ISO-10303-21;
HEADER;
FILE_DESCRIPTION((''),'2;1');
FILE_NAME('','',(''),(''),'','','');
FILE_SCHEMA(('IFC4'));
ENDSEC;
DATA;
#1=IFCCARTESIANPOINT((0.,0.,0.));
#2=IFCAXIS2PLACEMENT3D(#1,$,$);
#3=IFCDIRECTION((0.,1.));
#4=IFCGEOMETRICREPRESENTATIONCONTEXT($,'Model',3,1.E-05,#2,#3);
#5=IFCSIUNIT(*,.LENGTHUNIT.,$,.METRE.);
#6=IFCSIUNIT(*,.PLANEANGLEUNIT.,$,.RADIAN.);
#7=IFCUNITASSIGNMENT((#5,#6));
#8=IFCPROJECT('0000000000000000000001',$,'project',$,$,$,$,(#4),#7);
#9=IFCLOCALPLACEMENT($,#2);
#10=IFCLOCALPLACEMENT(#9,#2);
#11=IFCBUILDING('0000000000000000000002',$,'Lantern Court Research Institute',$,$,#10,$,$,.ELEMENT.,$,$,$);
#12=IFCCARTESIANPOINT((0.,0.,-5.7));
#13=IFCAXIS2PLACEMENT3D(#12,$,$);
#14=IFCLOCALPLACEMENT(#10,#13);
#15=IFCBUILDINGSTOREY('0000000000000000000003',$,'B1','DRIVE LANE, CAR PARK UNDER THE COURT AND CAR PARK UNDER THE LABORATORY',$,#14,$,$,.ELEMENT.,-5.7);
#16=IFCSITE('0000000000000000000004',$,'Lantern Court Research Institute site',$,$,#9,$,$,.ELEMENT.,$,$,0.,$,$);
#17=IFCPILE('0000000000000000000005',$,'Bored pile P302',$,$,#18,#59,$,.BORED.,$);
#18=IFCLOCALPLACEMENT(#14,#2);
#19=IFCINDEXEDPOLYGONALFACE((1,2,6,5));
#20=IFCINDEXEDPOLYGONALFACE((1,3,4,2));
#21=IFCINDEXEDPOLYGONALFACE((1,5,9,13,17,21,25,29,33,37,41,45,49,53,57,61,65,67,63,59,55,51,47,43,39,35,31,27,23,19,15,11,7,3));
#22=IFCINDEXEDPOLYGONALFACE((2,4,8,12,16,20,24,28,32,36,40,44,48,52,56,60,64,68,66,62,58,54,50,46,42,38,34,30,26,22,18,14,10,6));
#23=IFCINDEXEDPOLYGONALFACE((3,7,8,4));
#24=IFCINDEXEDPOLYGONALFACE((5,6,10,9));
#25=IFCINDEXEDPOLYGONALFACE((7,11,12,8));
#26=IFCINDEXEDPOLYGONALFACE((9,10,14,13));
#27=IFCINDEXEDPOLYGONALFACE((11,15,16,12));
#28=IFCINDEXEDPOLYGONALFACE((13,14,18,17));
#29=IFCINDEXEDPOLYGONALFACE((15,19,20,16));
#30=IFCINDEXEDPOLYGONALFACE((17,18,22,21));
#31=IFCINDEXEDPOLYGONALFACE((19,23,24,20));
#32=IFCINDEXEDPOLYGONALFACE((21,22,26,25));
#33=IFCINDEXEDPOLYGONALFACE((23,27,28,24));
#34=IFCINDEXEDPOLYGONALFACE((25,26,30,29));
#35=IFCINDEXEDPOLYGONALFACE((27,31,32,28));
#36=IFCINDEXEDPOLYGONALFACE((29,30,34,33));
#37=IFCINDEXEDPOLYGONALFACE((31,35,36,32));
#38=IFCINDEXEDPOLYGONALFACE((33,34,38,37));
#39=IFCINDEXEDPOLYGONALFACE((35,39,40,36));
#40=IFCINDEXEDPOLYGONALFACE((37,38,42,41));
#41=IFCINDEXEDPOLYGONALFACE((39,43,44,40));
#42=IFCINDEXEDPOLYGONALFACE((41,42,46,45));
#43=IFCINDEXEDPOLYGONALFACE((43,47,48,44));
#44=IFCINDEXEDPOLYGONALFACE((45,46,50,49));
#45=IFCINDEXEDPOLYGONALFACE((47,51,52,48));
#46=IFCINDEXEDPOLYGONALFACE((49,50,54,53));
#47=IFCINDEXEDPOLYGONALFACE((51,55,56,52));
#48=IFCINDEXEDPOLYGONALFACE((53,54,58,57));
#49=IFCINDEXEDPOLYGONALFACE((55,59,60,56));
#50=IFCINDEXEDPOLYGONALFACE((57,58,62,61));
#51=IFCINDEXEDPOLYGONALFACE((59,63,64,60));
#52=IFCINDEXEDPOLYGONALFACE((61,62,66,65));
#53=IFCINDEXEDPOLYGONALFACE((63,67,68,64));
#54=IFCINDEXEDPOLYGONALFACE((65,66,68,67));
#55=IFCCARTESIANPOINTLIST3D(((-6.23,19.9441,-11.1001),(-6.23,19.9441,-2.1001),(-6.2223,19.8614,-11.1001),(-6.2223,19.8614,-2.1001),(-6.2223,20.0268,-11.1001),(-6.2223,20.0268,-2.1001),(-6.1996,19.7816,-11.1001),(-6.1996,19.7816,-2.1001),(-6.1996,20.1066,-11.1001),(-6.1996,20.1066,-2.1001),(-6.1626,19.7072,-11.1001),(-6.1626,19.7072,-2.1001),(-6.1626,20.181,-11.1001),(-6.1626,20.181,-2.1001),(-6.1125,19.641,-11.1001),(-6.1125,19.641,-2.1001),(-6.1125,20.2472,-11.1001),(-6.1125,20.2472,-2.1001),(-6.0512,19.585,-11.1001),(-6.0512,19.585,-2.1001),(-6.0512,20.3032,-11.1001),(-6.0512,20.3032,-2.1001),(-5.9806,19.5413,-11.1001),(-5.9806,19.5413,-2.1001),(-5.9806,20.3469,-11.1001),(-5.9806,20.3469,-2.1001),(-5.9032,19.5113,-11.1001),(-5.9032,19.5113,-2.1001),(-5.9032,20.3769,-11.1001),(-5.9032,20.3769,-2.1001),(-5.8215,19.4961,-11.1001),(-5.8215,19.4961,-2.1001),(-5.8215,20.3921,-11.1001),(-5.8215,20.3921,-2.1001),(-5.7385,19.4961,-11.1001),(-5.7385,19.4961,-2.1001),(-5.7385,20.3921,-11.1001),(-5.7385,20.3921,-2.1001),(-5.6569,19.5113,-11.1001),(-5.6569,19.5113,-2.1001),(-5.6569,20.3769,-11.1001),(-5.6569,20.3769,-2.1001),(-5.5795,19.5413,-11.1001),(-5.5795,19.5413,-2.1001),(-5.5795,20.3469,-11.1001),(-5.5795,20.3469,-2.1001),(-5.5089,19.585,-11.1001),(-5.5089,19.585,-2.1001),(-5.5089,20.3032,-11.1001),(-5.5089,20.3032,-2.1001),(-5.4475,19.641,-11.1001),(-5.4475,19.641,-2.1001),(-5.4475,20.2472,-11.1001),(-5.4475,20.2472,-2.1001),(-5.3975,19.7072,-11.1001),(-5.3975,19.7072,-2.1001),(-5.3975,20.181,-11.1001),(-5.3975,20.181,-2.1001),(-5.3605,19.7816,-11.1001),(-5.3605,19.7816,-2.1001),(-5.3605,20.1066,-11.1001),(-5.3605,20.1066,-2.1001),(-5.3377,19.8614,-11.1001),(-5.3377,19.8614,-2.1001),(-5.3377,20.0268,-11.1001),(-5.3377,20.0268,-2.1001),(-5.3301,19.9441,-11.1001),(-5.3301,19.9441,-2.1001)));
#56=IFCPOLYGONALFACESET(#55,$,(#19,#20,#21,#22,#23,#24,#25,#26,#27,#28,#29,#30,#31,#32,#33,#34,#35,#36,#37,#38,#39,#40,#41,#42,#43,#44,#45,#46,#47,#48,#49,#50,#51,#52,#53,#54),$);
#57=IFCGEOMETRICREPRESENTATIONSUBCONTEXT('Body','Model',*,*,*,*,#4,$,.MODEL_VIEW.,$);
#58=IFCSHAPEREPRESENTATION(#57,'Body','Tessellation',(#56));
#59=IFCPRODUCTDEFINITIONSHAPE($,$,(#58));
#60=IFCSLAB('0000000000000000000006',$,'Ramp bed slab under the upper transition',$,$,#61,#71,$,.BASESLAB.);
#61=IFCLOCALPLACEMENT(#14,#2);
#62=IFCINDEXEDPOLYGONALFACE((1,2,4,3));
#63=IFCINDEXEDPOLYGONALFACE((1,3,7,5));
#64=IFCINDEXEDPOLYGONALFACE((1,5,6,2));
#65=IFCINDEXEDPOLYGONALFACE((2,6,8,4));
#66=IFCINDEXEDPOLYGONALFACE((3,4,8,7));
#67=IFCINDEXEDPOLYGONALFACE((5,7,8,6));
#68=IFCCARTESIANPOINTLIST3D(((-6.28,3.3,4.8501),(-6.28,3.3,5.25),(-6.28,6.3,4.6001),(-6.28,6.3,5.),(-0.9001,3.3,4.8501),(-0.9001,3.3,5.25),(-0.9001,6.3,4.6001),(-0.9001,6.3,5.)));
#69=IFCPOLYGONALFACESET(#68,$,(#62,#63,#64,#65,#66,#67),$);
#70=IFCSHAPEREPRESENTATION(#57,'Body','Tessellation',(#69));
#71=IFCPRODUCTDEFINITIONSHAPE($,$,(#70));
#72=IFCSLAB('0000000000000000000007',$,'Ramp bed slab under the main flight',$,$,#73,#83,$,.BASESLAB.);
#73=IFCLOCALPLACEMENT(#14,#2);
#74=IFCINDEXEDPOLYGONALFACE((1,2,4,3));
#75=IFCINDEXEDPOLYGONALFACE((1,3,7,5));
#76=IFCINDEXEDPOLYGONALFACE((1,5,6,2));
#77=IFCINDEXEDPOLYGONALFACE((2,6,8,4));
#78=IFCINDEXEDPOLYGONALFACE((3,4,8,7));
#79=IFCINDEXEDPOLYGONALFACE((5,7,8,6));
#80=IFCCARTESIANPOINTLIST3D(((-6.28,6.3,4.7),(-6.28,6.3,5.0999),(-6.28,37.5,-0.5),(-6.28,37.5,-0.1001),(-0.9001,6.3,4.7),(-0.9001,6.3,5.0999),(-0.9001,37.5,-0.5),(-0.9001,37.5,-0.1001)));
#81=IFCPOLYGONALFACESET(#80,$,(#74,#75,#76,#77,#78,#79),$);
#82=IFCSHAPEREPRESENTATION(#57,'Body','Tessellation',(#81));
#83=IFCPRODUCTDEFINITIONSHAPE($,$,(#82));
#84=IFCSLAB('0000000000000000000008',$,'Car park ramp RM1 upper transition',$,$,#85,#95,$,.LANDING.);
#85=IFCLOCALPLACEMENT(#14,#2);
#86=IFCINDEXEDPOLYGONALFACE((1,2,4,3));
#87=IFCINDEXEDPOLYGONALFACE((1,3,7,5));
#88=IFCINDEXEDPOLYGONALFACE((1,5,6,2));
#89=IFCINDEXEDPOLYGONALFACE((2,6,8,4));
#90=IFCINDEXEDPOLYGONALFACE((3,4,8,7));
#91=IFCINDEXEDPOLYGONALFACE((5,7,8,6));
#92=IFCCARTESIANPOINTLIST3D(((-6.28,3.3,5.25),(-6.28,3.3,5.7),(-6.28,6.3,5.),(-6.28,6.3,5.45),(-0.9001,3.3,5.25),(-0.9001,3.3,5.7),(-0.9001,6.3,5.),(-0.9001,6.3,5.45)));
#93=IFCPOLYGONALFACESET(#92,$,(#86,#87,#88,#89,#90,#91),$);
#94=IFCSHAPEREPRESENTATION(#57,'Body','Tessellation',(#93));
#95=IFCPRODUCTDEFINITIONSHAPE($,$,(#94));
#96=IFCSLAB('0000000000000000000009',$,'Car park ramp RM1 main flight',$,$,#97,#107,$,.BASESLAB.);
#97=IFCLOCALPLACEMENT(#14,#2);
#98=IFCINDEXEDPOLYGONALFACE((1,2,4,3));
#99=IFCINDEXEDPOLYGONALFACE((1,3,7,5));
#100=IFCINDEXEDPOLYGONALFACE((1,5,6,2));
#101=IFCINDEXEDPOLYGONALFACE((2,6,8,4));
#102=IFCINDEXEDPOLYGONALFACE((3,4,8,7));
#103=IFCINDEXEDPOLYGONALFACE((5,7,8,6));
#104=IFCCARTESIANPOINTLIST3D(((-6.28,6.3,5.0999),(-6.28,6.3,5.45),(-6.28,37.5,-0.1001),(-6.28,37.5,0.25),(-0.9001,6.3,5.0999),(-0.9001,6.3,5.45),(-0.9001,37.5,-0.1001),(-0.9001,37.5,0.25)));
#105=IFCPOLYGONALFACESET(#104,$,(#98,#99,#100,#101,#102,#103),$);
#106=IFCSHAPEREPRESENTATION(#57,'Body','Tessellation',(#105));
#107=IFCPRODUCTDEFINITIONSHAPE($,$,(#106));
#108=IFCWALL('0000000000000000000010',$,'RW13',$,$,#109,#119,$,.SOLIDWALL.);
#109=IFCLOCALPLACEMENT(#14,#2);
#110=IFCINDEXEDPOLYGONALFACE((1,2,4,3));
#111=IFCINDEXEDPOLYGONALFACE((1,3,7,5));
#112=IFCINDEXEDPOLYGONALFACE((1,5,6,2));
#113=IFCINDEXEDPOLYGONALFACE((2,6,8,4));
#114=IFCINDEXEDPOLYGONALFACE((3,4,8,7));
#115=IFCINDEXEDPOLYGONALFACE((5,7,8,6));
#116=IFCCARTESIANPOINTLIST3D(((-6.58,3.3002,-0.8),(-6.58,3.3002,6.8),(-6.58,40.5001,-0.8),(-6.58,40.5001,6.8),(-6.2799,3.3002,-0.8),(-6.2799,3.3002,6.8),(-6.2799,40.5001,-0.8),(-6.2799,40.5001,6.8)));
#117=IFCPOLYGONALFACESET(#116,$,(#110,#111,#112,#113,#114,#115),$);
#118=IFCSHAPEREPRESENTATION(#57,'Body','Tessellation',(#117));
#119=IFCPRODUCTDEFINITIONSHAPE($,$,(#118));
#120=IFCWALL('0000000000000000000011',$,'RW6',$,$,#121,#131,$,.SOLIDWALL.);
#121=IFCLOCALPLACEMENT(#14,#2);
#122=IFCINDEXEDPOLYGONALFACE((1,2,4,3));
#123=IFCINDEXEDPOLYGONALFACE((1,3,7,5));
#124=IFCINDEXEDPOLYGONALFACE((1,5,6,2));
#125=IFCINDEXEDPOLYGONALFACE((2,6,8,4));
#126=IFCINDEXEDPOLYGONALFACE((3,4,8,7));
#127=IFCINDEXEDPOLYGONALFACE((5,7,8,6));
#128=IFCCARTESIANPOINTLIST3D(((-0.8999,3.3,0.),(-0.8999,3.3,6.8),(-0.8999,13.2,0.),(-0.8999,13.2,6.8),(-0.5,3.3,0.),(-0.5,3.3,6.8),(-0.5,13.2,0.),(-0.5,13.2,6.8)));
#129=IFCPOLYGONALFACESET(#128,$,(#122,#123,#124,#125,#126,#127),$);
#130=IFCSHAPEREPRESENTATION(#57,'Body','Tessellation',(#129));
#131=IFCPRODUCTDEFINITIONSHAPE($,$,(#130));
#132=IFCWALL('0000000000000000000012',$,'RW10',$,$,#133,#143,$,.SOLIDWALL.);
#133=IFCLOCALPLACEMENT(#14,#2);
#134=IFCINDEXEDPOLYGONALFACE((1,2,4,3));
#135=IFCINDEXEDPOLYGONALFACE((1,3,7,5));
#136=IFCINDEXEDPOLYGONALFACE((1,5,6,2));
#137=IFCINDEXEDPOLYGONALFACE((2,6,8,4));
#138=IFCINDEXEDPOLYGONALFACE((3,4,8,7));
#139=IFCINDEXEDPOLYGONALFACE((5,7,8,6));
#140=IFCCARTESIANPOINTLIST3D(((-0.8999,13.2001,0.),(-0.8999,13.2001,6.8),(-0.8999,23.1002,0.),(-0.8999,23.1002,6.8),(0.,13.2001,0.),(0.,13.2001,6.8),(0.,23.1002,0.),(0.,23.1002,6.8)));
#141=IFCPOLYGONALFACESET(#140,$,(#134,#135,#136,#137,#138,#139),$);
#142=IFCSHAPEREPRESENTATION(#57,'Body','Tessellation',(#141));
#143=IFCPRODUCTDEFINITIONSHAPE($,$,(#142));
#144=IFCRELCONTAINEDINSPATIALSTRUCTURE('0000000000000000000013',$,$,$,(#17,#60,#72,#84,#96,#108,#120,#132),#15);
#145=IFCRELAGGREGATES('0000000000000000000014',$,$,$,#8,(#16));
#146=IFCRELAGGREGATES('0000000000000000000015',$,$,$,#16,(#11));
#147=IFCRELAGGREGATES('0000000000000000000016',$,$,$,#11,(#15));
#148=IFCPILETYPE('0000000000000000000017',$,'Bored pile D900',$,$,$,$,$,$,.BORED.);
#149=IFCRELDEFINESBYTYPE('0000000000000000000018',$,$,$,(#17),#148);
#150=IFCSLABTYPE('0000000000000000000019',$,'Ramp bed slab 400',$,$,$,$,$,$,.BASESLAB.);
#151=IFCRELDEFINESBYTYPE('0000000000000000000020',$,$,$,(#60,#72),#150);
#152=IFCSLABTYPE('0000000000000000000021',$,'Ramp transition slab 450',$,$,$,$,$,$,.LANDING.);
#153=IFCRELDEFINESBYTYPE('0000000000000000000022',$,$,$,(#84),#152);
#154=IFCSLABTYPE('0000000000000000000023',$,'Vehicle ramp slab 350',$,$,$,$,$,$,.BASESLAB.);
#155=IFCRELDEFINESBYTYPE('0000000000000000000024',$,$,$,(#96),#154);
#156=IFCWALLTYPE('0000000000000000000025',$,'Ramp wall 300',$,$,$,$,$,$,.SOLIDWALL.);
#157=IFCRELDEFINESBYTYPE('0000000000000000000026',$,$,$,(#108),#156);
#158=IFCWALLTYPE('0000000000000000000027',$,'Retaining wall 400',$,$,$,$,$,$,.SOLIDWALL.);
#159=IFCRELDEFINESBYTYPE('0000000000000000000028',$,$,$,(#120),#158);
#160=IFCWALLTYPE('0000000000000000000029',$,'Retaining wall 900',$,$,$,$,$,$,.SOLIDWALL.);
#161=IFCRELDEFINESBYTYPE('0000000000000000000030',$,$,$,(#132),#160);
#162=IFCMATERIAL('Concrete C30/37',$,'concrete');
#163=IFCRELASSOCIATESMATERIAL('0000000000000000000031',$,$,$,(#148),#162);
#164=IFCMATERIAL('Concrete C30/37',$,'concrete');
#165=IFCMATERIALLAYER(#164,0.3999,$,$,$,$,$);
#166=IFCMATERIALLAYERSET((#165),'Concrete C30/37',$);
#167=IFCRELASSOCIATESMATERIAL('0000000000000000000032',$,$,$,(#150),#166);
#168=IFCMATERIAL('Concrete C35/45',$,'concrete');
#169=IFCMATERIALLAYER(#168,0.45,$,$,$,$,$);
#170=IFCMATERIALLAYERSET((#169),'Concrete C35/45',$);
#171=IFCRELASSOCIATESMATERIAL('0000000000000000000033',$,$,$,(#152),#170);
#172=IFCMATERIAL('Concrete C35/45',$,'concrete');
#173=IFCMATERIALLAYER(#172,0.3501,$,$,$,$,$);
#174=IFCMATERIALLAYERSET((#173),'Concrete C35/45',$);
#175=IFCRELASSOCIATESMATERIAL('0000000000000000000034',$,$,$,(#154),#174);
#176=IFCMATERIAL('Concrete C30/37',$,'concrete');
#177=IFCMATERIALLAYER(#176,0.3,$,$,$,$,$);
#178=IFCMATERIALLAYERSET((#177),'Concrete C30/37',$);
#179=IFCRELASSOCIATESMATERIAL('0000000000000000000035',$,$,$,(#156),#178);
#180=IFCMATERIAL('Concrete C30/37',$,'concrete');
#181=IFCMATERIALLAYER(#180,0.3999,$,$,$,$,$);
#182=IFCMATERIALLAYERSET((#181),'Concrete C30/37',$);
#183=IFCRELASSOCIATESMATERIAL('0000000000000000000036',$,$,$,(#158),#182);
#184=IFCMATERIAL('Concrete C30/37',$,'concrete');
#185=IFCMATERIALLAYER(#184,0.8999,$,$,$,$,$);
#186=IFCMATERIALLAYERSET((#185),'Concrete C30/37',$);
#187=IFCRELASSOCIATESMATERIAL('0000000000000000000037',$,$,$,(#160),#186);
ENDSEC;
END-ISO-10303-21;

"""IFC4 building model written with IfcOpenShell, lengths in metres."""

from ifc_helpers import new_model, si_unit, direction, frame, frame_2d, origin, origin_2d, place, context, subcontext, project, spatial, polyline, rectangle, circle, outline, extrude, material, layer, layer_set, material_profile, profile_set, type_object, element, save


model = new_model("IFC4")

# Units and contexts
model_context = context("Model", 3, precision=1e-05, world=origin(), true_north=direction((0.0, 1.0)))
body_context = subcontext(model_context, "Body", "Model", "MODEL_VIEW")
ifc_project = project(units=[si_unit("LENGTHUNIT", "METRE"), si_unit("PLANEANGLEUNIT", "RADIAN")], contexts=[model_context])

# Site, building, storey
site_placement = place(None, origin())
site = spatial("IfcSite", under=ifc_project, at=site_placement, Name="Lantern Court Research Institute site", CompositionType="ELEMENT", RefElevation=0.0)
building_placement = place(site_placement, origin())
building = spatial("IfcBuilding", under=site, at=building_placement, Name="Lantern Court Research Institute", CompositionType="ELEMENT")
storey_placement = place(building_placement, frame((0.0, 0.0, -5.7)))
storey = spatial("IfcBuildingStorey", under=building, at=storey_placement, Name="B1", Description="DRIVE LANE, CAR PARK UNDER THE COURT AND CAR PARK UNDER THE LABORATORY", CompositionType="ELEMENT", Elevation=-5.7)

# Pile
ifc_material_1 = material(Name="Concrete C30/37", Category="concrete")
ifc_material_profile_1 = material_profile(ifc_material_1, circle(Radius=0.45, at=origin_2d()), Name="Bored pile D900")
ifc_profile_set_1 = profile_set([ifc_material_profile_1], Name="Concrete C30/37")
pile_type_1 = type_object("IfcPileType", Name="Bored pile D900", PredefinedType="BORED", material=ifc_profile_set_1)
for number, where, z_axis, x_axis, name in (
    (1, (-5.78, 19.9441, -2.1001), (0.0, 0.0, -1.0), (1.0, 0.0, 0.0), "Bored pile P302"),
):
    element("IfcPile", number, at=place(storey_placement, frame(where, z_axis=z_axis, x_axis=x_axis)), inside=storey, type_object=pile_type_1, Name=name, PredefinedType="BORED", context=body_context, shape_type="SweptSolid", body=[
        extrude(circle(Radius=0.45, at=origin_2d()), origin(), (0.0, 0.0, 1.0), 9.0),
    ])

# Slabs
ifc_material_2 = material(Name="Concrete C30/37", Category="concrete")
ifc_layer_1 = layer(ifc_material_2, 0.3999)
ifc_layer_set_1 = layer_set([ifc_layer_1], Name="Concrete C30/37")
slab_type_1 = type_object("IfcSlabType", Name="Ramp bed slab 400", PredefinedType="BASESLAB", material=ifc_layer_set_1)
slab_1_placement = place(storey_placement, frame((-3.5901, 3.3, 5.25), z_axis=(0.0, 0.0, 1.0), x_axis=(0.0, 1.0, 0.0)))
element("IfcSlab", 2, at=slab_1_placement, inside=storey, type_object=slab_type_1, Name="Ramp bed slab under the upper transition", PredefinedType="BASESLAB", context=body_context, shape_type="SweptSolid", body=[
    extrude(outline(polyline([(0.0, 0.0), (3.0, -0.25), (3.0, -0.6499), (0.0, -0.3999), (0.0, 0.0)])), frame((0.0, 2.6899, 0.0), z_axis=(0.0, -1.0, 0.0), x_axis=(1.0, 0.0, 0.0)), (0.0, 0.0, 1.0), 5.3799),
])
slab_2_placement = place(storey_placement, frame((-3.5901, 6.3, 5.0999), z_axis=(0.0, 0.0, 1.0), x_axis=(0.0, 1.0, 0.0)))
element("IfcSlab", 3, at=slab_2_placement, inside=storey, type_object=slab_type_1, Name="Ramp bed slab under the main flight", PredefinedType="BASESLAB", context=body_context, shape_type="SweptSolid", body=[
    extrude(outline(polyline([(0.0, 0.0), (31.2, -5.2), (31.2, -5.5999), (0.0, -0.3999), (0.0, 0.0)])), frame((0.0, 2.6899, 0.0), z_axis=(0.0, -1.0, 0.0), x_axis=(1.0, 0.0, 0.0)), (0.0, 0.0, 1.0), 5.3799),
])
ifc_material_3 = material(Name="Concrete C35/45", Category="concrete")
ifc_layer_2 = layer(ifc_material_3, 0.45)
ifc_layer_set_2 = layer_set([ifc_layer_2], Name="Concrete C35/45")
slab_type_2 = type_object("IfcSlabType", Name="Ramp transition slab 450", PredefinedType="LANDING", material=ifc_layer_set_2)
slab_3_placement = place(storey_placement, frame((-3.5901, 3.3, 5.7), z_axis=(0.0, 0.0, 1.0), x_axis=(0.0, 1.0, 0.0)))
element("IfcSlab", 4, at=slab_3_placement, inside=storey, type_object=slab_type_2, Name="Car park ramp RM1 upper transition", PredefinedType="LANDING", context=body_context, shape_type="SweptSolid", body=[
    extrude(outline(polyline([(0.0, 0.0), (3.0, -0.25), (3.0, -0.7), (0.0, -0.45), (0.0, 0.0)])), frame((0.0, 2.6899, 0.0), z_axis=(0.0, -1.0, 0.0), x_axis=(1.0, 0.0, 0.0)), (0.0, 0.0, 1.0), 5.3799),
])
ifc_material_4 = material(Name="Concrete C35/45", Category="concrete")
ifc_layer_3 = layer(ifc_material_4, 0.3501)
ifc_layer_set_3 = layer_set([ifc_layer_3], Name="Concrete C35/45")
slab_type_3 = type_object("IfcSlabType", Name="Vehicle ramp slab 350", PredefinedType="BASESLAB", material=ifc_layer_set_3)
slab_4_placement = place(storey_placement, frame((-3.5901, 6.3, 5.45), z_axis=(0.0, 0.0, 1.0), x_axis=(0.0, 1.0, 0.0)))
element("IfcSlab", 5, at=slab_4_placement, inside=storey, type_object=slab_type_3, Name="Car park ramp RM1 main flight", PredefinedType="BASESLAB", context=body_context, shape_type="SweptSolid", body=[
    extrude(outline(polyline([(0.0, 0.0), (31.2, -5.2), (31.2, -5.55), (0.0, -0.3501), (0.0, 0.0)])), frame((0.0, 2.6899, 0.0), z_axis=(0.0, -1.0, 0.0), x_axis=(1.0, 0.0, 0.0)), (0.0, 0.0, 1.0), 5.3799),
])

# Walls
ifc_material_5 = material(Name="Concrete C30/37", Category="concrete")
ifc_layer_4 = layer(ifc_material_5, 0.3)
ifc_layer_set_4 = layer_set([ifc_layer_4], Name="Concrete C30/37")
wall_type_1 = type_object("IfcWallType", Name="Ramp wall 300", PredefinedType="SOLIDWALL", material=ifc_layer_set_4)
wall_1_placement = place(storey_placement, frame((-6.4299, 3.3, -0.8), z_axis=(0.0, 0.0, 1.0), x_axis=(0.0, 1.0, 0.0)))
element("IfcWall", 6, at=wall_1_placement, inside=storey, type_object=wall_type_1, Name="RW13", PredefinedType="SOLIDWALL", context=body_context, shape_type="SweptSolid", body=[
    extrude(rectangle(XDim=37.2, YDim=0.3, at=frame_2d((18.6001, 0.0))), origin(), (0.0, 0.0, 1.0), 7.6001),
])
ifc_material_6 = material(Name="Concrete C30/37", Category="concrete")
ifc_layer_5 = layer(ifc_material_6, 0.3999)
ifc_layer_set_5 = layer_set([ifc_layer_5], Name="Concrete C30/37")
wall_type_2 = type_object("IfcWallType", Name="Retaining wall 400", PredefinedType="SOLIDWALL", material=ifc_layer_set_5)
wall_2_placement = place(storey_placement, frame((-0.7, 3.3, 0.0), z_axis=(0.0, 0.0, 1.0), x_axis=(0.0, 1.0, 0.0)))
element("IfcWall", 7, at=wall_2_placement, inside=storey, type_object=wall_type_2, Name="RW6", PredefinedType="SOLIDWALL", context=body_context, shape_type="SweptSolid", body=[
    extrude(rectangle(XDim=9.8999, YDim=0.3999, at=frame_2d((4.95, 0.0))), origin(), (0.0, 0.0, 1.0), 6.8),
])
ifc_material_7 = material(Name="Concrete C30/37", Category="concrete")
ifc_layer_6 = layer(ifc_material_7, 0.8999)
ifc_layer_set_6 = layer_set([ifc_layer_6], Name="Concrete C30/37")
wall_type_3 = type_object("IfcWallType", Name="Retaining wall 900", PredefinedType="SOLIDWALL", material=ifc_layer_set_6)
wall_3_placement = place(storey_placement, frame((-0.45, 13.2, 0.0), z_axis=(0.0, 0.0, 1.0), x_axis=(0.0, 1.0, 0.0)))
element("IfcWall", 8, at=wall_3_placement, inside=storey, type_object=wall_type_3, Name="RW10", PredefinedType="SOLIDWALL", context=body_context, shape_type="SweptSolid", body=[
    extrude(rectangle(XDim=9.9001, YDim=0.8999, at=frame_2d((4.9502, 0.0))), origin(), (0.0, 0.0, 1.0), 6.8),
])

save(model, "model.ifc")
